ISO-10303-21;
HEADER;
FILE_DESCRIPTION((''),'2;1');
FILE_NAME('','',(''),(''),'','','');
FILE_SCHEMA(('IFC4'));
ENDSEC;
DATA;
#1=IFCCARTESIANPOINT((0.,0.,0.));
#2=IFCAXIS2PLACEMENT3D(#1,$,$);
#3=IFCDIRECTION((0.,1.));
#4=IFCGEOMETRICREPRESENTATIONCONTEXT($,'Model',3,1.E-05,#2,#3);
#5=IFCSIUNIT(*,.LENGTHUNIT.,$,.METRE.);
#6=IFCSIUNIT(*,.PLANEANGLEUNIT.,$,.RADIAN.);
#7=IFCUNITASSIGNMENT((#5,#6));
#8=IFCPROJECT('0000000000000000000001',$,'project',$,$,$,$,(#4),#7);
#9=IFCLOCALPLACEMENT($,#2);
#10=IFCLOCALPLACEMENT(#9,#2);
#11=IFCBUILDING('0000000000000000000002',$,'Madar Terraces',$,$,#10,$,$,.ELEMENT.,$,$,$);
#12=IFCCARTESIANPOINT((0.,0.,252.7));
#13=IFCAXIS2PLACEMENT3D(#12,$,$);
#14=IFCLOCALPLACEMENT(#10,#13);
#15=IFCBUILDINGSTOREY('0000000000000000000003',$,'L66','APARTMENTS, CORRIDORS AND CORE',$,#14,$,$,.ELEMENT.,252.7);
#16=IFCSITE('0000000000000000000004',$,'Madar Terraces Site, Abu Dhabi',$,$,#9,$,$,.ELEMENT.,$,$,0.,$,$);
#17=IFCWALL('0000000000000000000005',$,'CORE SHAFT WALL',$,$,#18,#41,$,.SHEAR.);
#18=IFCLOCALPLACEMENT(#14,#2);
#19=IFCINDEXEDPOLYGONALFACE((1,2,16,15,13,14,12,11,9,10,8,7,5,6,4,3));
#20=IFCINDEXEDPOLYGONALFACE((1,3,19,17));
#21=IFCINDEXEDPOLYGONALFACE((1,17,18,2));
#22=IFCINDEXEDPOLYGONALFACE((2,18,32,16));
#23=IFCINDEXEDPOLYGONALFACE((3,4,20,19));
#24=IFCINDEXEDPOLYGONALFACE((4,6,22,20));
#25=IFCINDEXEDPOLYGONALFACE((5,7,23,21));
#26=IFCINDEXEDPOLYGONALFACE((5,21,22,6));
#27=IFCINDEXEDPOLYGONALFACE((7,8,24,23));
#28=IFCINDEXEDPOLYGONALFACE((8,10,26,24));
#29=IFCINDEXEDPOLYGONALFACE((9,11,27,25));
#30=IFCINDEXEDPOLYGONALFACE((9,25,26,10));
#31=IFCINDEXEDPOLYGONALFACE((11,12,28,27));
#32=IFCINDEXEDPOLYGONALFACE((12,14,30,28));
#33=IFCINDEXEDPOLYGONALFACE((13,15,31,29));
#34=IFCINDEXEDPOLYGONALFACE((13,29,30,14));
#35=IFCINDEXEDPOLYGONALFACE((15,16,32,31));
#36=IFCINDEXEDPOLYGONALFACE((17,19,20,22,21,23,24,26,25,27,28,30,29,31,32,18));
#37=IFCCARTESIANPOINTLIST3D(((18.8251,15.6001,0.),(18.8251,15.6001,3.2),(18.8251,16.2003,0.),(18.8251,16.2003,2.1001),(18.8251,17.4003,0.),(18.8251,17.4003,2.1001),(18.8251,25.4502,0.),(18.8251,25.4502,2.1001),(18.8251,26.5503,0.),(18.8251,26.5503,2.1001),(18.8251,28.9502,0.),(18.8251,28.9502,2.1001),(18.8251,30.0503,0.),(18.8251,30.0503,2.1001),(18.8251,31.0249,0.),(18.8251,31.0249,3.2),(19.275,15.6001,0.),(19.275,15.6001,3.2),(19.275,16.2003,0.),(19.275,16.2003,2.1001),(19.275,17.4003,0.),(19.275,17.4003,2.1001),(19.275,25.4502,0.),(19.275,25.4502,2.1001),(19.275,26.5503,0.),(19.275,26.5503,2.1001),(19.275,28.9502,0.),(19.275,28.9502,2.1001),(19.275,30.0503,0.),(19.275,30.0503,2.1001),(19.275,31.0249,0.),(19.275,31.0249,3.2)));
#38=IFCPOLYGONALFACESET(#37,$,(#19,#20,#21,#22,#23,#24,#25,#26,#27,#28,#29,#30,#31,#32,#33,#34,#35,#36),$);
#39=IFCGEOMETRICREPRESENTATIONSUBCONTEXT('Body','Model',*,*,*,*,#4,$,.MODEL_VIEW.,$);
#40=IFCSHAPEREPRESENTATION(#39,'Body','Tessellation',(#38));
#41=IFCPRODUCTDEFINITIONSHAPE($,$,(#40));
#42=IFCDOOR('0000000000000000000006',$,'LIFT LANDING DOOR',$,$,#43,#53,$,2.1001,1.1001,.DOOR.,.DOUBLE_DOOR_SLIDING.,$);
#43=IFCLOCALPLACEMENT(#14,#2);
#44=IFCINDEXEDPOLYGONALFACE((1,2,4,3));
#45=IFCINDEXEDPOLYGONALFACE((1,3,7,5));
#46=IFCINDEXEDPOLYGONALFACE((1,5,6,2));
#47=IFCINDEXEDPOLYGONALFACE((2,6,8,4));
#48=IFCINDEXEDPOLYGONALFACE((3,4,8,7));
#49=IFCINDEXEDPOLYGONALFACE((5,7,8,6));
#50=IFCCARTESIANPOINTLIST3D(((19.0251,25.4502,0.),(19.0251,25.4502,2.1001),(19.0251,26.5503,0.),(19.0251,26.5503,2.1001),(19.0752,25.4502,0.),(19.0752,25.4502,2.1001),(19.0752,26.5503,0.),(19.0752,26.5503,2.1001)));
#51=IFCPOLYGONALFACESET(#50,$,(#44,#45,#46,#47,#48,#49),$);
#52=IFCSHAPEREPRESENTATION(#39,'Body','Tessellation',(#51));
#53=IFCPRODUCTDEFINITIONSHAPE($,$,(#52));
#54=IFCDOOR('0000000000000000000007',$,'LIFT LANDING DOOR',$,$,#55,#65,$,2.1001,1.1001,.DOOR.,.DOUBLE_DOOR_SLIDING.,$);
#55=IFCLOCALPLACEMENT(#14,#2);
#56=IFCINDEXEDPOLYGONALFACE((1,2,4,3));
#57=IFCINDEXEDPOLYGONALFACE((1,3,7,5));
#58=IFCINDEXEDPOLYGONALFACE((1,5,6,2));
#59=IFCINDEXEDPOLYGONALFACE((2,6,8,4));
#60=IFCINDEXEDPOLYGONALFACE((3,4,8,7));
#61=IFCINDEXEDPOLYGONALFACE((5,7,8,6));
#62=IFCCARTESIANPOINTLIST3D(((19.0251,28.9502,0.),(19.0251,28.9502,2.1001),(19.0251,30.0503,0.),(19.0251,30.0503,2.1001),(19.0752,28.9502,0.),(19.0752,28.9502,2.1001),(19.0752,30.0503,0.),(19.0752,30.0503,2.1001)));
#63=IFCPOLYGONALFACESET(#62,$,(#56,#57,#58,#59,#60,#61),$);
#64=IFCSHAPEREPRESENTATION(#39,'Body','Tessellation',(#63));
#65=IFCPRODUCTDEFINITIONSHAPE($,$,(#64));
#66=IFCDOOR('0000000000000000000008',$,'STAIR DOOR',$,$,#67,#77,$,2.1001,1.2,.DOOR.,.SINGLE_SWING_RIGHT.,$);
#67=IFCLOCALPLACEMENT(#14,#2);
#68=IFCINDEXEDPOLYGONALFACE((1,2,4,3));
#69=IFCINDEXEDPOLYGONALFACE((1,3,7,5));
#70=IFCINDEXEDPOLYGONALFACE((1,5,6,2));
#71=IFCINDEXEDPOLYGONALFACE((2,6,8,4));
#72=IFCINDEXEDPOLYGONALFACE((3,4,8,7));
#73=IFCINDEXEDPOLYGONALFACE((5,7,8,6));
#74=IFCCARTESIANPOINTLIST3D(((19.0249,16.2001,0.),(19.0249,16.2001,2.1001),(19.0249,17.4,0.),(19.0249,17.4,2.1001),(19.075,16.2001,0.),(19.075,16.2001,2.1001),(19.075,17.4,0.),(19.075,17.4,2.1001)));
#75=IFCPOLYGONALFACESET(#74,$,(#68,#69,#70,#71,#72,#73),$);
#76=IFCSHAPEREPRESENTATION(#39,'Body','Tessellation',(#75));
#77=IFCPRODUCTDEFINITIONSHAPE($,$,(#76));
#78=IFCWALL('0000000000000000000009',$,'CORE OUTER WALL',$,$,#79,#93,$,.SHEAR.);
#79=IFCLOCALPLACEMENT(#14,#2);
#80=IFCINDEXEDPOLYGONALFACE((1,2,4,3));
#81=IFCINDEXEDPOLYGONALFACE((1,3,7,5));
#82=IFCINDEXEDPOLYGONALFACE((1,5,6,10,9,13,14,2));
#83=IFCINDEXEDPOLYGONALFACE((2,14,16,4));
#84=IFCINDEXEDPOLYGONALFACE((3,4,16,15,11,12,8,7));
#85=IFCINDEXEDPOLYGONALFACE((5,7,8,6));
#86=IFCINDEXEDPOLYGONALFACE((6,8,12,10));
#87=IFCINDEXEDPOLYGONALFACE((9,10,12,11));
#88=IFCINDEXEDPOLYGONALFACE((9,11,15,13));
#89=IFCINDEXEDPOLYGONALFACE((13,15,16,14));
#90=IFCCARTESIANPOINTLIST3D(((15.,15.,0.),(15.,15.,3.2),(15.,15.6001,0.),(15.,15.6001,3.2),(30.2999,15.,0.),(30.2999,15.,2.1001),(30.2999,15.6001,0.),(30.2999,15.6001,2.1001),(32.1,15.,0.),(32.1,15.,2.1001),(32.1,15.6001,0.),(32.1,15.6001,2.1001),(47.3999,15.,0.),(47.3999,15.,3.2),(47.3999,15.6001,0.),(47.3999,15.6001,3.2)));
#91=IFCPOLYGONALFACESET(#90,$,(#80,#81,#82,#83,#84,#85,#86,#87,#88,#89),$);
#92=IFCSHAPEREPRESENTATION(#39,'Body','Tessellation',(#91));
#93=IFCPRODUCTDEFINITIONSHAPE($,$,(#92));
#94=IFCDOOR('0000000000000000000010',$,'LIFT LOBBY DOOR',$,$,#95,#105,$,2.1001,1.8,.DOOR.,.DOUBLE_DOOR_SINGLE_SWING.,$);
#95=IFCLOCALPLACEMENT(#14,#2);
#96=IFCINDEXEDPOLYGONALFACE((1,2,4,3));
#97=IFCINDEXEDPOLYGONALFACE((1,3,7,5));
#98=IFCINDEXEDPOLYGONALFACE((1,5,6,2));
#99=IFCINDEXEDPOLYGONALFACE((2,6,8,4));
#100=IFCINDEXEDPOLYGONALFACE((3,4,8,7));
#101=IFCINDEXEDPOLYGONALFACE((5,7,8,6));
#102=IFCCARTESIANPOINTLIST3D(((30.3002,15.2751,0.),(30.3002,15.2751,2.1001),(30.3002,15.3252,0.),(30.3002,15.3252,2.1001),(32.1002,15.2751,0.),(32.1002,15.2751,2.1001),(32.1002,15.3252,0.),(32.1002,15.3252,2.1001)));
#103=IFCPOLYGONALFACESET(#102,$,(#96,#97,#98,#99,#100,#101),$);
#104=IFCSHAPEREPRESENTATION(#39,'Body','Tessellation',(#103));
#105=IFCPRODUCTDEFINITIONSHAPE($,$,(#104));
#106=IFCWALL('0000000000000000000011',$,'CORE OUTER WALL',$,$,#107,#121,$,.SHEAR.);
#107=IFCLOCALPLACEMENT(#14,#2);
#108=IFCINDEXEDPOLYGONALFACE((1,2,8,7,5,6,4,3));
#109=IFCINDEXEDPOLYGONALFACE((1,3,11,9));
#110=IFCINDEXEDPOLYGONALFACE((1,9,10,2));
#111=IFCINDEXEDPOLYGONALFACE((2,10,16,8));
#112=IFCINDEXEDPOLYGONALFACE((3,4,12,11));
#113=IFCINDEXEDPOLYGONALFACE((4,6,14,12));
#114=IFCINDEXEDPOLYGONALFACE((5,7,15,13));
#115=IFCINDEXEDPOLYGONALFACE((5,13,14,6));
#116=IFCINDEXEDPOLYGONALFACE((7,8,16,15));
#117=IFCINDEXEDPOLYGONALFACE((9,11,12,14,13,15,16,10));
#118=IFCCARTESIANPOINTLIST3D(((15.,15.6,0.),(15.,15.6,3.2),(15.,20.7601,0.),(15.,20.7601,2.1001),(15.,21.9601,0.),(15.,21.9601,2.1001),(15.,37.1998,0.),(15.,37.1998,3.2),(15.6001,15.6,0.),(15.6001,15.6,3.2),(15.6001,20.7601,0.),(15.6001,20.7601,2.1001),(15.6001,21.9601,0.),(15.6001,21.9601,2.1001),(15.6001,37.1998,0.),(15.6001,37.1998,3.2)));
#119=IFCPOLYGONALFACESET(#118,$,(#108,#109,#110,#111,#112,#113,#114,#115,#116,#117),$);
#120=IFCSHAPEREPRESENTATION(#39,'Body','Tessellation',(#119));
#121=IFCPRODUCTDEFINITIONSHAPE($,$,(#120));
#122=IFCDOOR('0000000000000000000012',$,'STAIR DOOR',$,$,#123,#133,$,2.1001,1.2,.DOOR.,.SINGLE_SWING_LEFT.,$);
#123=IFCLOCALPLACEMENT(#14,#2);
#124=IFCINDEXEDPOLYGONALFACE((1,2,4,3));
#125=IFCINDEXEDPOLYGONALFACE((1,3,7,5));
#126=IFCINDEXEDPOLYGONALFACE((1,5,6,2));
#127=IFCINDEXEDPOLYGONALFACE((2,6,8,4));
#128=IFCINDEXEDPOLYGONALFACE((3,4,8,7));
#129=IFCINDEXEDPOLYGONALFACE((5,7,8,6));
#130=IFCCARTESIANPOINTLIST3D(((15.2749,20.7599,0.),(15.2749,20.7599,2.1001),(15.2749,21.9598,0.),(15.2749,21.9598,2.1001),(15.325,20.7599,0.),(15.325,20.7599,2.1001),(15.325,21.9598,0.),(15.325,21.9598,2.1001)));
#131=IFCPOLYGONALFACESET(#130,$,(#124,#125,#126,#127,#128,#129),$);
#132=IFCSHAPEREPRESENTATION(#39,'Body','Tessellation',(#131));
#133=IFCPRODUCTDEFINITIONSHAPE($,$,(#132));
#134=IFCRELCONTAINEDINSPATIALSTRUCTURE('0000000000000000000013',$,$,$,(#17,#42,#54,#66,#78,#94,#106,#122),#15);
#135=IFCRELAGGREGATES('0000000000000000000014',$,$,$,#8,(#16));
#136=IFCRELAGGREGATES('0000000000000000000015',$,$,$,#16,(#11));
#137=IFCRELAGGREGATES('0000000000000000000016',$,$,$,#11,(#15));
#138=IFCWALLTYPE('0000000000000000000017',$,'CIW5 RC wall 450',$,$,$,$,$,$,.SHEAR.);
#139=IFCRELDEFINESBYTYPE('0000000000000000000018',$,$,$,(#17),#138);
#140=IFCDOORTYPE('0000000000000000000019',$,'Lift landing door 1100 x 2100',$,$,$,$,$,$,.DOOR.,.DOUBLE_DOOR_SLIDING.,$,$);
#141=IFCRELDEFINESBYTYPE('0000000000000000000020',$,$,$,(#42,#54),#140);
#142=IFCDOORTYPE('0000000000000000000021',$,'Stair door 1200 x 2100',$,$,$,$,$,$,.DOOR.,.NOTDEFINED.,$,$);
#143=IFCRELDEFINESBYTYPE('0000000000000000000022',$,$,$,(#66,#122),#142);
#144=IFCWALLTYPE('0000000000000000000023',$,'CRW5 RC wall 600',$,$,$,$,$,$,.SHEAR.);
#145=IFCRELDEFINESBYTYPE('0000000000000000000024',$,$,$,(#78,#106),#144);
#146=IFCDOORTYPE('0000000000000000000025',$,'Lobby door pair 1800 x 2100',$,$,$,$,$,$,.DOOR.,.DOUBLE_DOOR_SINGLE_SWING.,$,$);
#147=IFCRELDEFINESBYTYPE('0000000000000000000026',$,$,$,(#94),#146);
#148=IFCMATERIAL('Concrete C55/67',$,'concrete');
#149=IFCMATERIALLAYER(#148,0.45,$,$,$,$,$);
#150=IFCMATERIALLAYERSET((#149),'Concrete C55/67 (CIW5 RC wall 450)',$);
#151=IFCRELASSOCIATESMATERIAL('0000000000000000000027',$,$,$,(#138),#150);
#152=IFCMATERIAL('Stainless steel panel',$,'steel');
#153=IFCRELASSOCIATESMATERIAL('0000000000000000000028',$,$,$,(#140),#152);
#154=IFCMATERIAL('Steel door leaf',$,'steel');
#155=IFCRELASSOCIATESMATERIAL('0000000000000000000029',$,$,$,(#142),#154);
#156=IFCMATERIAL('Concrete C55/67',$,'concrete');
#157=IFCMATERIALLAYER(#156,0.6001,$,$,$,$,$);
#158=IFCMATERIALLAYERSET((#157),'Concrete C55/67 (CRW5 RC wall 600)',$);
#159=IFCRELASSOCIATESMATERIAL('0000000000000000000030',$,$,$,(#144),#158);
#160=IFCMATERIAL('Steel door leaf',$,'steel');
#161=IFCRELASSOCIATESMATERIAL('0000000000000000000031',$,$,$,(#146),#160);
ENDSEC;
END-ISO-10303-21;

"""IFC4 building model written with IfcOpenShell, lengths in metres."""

from ifc_helpers import new_model, si_unit, direction, frame, frame_2d, origin, place, context, subcontext, project, spatial, rectangle, extrude, material, layer, layer_set, type_object, element, fill, save


model = new_model("IFC4")

# Units and contexts
model_context = context("Model", 3, precision=1e-05, world=origin(), true_north=direction((0.0, 1.0)))
body_context = subcontext(model_context, "Body", "Model", "MODEL_VIEW")
ifc_project = project(units=[si_unit("LENGTHUNIT", "METRE"), si_unit("PLANEANGLEUNIT", "RADIAN")], contexts=[model_context])

# Site, building, storey
site_placement = place(None, origin())
site = spatial("IfcSite", under=ifc_project, at=site_placement, Name="Madar Terraces Site, Abu Dhabi", CompositionType="ELEMENT", RefElevation=0.0)
building_placement = place(site_placement, origin())
building = spatial("IfcBuilding", under=site, at=building_placement, Name="Madar Terraces", CompositionType="ELEMENT")
storey_placement = place(building_placement, frame((0.0, 0.0, 252.7)))
storey = spatial("IfcBuildingStorey", under=building, at=storey_placement, Name="L66", Description="APARTMENTS, CORRIDORS AND CORE", CompositionType="ELEMENT", Elevation=252.7)

# Wall, openings, doors
ifc_material_1 = material(Name="Concrete C55/67", Category="concrete")
ifc_layer_1 = layer(ifc_material_1, 0.45)
ifc_layer_set_1 = layer_set([ifc_layer_1], Name="Concrete C55/67 (CIW5 RC wall 450)")
wall_type_1 = type_object("IfcWallType", Name="CIW5 RC wall 450", PredefinedType="SHEAR", material=ifc_layer_set_1)
wall_1_placement = place(storey_placement, frame((19.05, 15.6001, 0.0), z_axis=(0.0, 0.0, 1.0), x_axis=(0.0, 1.0, 0.0)))
wall_1 = element("IfcWall", 1, at=wall_1_placement, inside=storey, type_object=wall_type_1, Name="CORE SHAFT WALL", PredefinedType="SHEAR", context=body_context, shape_type="SweptSolid", body=[
    extrude(rectangle(XDim=15.4248, YDim=0.45, at=frame_2d((7.7124, 0.0))), origin(), (0.0, 0.0, 1.0), 3.2),
])
opening_1_placement = place(wall_1_placement, frame((9.8501, 0.0, 0.0)))
opening_1 = element("IfcOpeningElement", 2, at=opening_1_placement, cuts=wall_1, PredefinedType="OPENING", context=body_context, shape_type="SweptSolid", body=[
    extrude(rectangle(XDim=1.1001, YDim=2.1001, at=frame_2d((0.55, 1.05))), frame((0.0, 0.2349, 0.0), z_axis=(0.0, -1.0, 0.0), x_axis=(1.0, 0.0, 0.0)), (0.0, 0.0, 1.0), 0.47),
])
opening_2_placement = place(wall_1_placement, frame((13.3501, 0.0, 0.0)))
opening_2 = element("IfcOpeningElement", 3, at=opening_2_placement, cuts=wall_1, PredefinedType="OPENING", context=body_context, shape_type="SweptSolid", body=[
    extrude(rectangle(XDim=1.1001, YDim=2.1001, at=frame_2d((0.55, 1.05))), frame((0.0, 0.2349, 0.0), z_axis=(0.0, -1.0, 0.0), x_axis=(1.0, 0.0, 0.0)), (0.0, 0.0, 1.0), 0.47),
])
opening_3_placement = place(wall_1_placement, frame((0.6001, 0.0, 0.0)))
opening_3 = element("IfcOpeningElement", 4, at=opening_3_placement, cuts=wall_1, PredefinedType="OPENING", context=body_context, shape_type="SweptSolid", body=[
    extrude(rectangle(XDim=1.2, YDim=2.1001, at=frame_2d((0.6001, 1.05))), frame((0.0, 0.2349, 0.0), z_axis=(0.0, -1.0, 0.0), x_axis=(1.0, 0.0, 0.0)), (0.0, 0.0, 1.0), 0.47),
])
ifc_material_2 = material(Name="Stainless steel panel", Category="steel")
door_type_1 = type_object("IfcDoorType", Name="Lift landing door 1100 x 2100", OperationType="DOUBLE_DOOR_SLIDING", PredefinedType="DOOR", material=ifc_material_2)
door_1_placement = place(opening_1_placement, origin())
door_1 = element("IfcDoor", 5, at=door_1_placement, inside=storey, type_object=door_type_1, Name="LIFT LANDING DOOR", OperationType="DOUBLE_DOOR_SLIDING", OverallHeight=2.1001, OverallWidth=1.1001, PredefinedType="DOOR", context=body_context, shape_type="SweptSolid", body=[
    extrude(rectangle(XDim=1.1001, YDim=2.1001, at=frame_2d((0.55, 1.05))), frame((0.0, 0.0249, 0.0), z_axis=(0.0, -1.0, 0.0), x_axis=(1.0, 0.0, 0.0)), (0.0, 0.0, 1.0), 0.05),
])
fill(opening_1, door_1)
door_2_placement = place(opening_2_placement, origin())
door_2 = element("IfcDoor", 6, at=door_2_placement, inside=storey, type_object=door_type_1, Name="LIFT LANDING DOOR", OperationType="DOUBLE_DOOR_SLIDING", OverallHeight=2.1001, OverallWidth=1.1001, PredefinedType="DOOR", context=body_context, shape_type="SweptSolid", body=[
    extrude(rectangle(XDim=1.1001, YDim=2.1001, at=frame_2d((0.55, 1.05))), frame((0.0, 0.0249, 0.0), z_axis=(0.0, -1.0, 0.0), x_axis=(1.0, 0.0, 0.0)), (0.0, 0.0, 1.0), 0.05),
])
fill(opening_2, door_2)
ifc_material_3 = material(Name="Steel door leaf", Category="steel")
door_type_2 = type_object("IfcDoorType", Name="Stair door 1200 x 2100", OperationType="NOTDEFINED", PredefinedType="DOOR", material=ifc_material_3)
door_3_placement = place(opening_3_placement, frame((1.2, 0.0, 0.0), z_axis=(0.0, 0.0, 1.0), x_axis=(-1.0, 0.0, 0.0)))
door_3 = element("IfcDoor", 7, at=door_3_placement, inside=storey, type_object=door_type_2, Name="STAIR DOOR", OperationType="SINGLE_SWING_RIGHT", OverallHeight=2.1001, OverallWidth=1.2, PredefinedType="DOOR", context=body_context, shape_type="SweptSolid", body=[
    extrude(rectangle(XDim=1.2, YDim=2.1001, at=frame_2d((0.6001, 1.05))), frame((0.0, 0.0249, 0.0), z_axis=(0.0, -1.0, 0.0), x_axis=(1.0, 0.0, 0.0)), (0.0, 0.0, 1.0), 0.05),
])
fill(opening_3, door_3)

# Walls, openings, doors
ifc_material_4 = material(Name="Concrete C55/67", Category="concrete")
ifc_layer_2 = layer(ifc_material_4, 0.6001)
ifc_layer_set_2 = layer_set([ifc_layer_2], Name="Concrete C55/67 (CRW5 RC wall 600)")
wall_type_2 = type_object("IfcWallType", Name="CRW5 RC wall 600", PredefinedType="SHEAR", material=ifc_layer_set_2)
wall_2_placement = place(storey_placement, frame((15.0, 15.3, 0.0), z_axis=(0.0, 0.0, 1.0), x_axis=(1.0, 0.0, 0.0)))
wall_2 = element("IfcWall", 8, at=wall_2_placement, inside=storey, type_object=wall_type_2, Name="CORE OUTER WALL", PredefinedType="SHEAR", context=body_context, shape_type="SweptSolid", body=[
    extrude(rectangle(XDim=32.3999, YDim=0.6001, at=frame_2d((16.2, 0.0))), origin(), (0.0, 0.0, 1.0), 3.2),
])
opening_4_placement = place(wall_2_placement, frame((15.3, 0.0, 0.0)))
opening_4 = element("IfcOpeningElement", 9, at=opening_4_placement, cuts=wall_2, PredefinedType="OPENING", context=body_context, shape_type="SweptSolid", body=[
    extrude(rectangle(XDim=1.8, YDim=2.1001, at=frame_2d((0.8999, 1.05))), frame((0.0, 0.3101, 0.0), z_axis=(0.0, -1.0, 0.0), x_axis=(1.0, 0.0, 0.0)), (0.0, 0.0, 1.0), 0.6201),
])
ifc_material_5 = material(Name="Steel door leaf", Category="steel")
door_type_3 = type_object("IfcDoorType", Name="Lobby door pair 1800 x 2100", OperationType="DOUBLE_DOOR_SINGLE_SWING", PredefinedType="DOOR", material=ifc_material_5)
door_4_placement = place(opening_4_placement, frame((1.8, 0.0, 0.0), z_axis=(0.0, 0.0, 1.0), x_axis=(-1.0, 0.0, 0.0)))
door_4 = element("IfcDoor", 10, at=door_4_placement, inside=storey, type_object=door_type_3, Name="LIFT LOBBY DOOR", OperationType="DOUBLE_DOOR_SINGLE_SWING", OverallHeight=2.1001, OverallWidth=1.8, PredefinedType="DOOR", context=body_context, shape_type="SweptSolid", body=[
    extrude(rectangle(XDim=1.8, YDim=2.1001, at=frame_2d((0.8999, 1.05))), frame((0.0, 0.0249, 0.0), z_axis=(0.0, -1.0, 0.0), x_axis=(1.0, 0.0, 0.0)), (0.0, 0.0, 1.0), 0.05),
])
fill(opening_4, door_4)
wall_3_placement = place(storey_placement, frame((15.3, 15.6001, 0.0), z_axis=(0.0, 0.0, 1.0), x_axis=(0.0, 1.0, 0.0)))
wall_3 = element("IfcWall", 11, at=wall_3_placement, inside=storey, type_object=wall_type_2, Name="CORE OUTER WALL", PredefinedType="SHEAR", context=body_context, shape_type="SweptSolid", body=[
    extrude(rectangle(XDim=21.5999, YDim=0.6001, at=frame_2d((10.7998, 0.0))), origin(), (0.0, 0.0, 1.0), 3.2),
])
opening_5_placement = place(wall_3_placement, frame((5.1599, 0.0, 0.0)))
opening_5 = element("IfcOpeningElement", 12, at=opening_5_placement, cuts=wall_3, PredefinedType="OPENING", context=body_context, shape_type="SweptSolid", body=[
    extrude(rectangle(XDim=1.2, YDim=2.1001, at=frame_2d((0.6001, 1.05))), frame((0.0, 0.3101, 0.0), z_axis=(0.0, -1.0, 0.0), x_axis=(1.0, 0.0, 0.0)), (0.0, 0.0, 1.0), 0.6201),
])
door_5_placement = place(opening_5_placement, frame((1.2, 0.0, 0.0), z_axis=(0.0, 0.0, 1.0), x_axis=(-1.0, 0.0, 0.0)))
door_5 = element("IfcDoor", 13, at=door_5_placement, inside=storey, type_object=door_type_2, Name="STAIR DOOR", OperationType="SINGLE_SWING_LEFT", OverallHeight=2.1001, OverallWidth=1.2, PredefinedType="DOOR", context=body_context, shape_type="SweptSolid", body=[
    extrude(rectangle(XDim=1.2, YDim=2.1001, at=frame_2d((0.6001, 1.05))), frame((0.0, 0.0249, 0.0), z_axis=(0.0, -1.0, 0.0), x_axis=(1.0, 0.0, 0.0)), (0.0, 0.0, 1.0), 0.05),
])
fill(opening_5, door_5)

save(model, "model.ifc")
